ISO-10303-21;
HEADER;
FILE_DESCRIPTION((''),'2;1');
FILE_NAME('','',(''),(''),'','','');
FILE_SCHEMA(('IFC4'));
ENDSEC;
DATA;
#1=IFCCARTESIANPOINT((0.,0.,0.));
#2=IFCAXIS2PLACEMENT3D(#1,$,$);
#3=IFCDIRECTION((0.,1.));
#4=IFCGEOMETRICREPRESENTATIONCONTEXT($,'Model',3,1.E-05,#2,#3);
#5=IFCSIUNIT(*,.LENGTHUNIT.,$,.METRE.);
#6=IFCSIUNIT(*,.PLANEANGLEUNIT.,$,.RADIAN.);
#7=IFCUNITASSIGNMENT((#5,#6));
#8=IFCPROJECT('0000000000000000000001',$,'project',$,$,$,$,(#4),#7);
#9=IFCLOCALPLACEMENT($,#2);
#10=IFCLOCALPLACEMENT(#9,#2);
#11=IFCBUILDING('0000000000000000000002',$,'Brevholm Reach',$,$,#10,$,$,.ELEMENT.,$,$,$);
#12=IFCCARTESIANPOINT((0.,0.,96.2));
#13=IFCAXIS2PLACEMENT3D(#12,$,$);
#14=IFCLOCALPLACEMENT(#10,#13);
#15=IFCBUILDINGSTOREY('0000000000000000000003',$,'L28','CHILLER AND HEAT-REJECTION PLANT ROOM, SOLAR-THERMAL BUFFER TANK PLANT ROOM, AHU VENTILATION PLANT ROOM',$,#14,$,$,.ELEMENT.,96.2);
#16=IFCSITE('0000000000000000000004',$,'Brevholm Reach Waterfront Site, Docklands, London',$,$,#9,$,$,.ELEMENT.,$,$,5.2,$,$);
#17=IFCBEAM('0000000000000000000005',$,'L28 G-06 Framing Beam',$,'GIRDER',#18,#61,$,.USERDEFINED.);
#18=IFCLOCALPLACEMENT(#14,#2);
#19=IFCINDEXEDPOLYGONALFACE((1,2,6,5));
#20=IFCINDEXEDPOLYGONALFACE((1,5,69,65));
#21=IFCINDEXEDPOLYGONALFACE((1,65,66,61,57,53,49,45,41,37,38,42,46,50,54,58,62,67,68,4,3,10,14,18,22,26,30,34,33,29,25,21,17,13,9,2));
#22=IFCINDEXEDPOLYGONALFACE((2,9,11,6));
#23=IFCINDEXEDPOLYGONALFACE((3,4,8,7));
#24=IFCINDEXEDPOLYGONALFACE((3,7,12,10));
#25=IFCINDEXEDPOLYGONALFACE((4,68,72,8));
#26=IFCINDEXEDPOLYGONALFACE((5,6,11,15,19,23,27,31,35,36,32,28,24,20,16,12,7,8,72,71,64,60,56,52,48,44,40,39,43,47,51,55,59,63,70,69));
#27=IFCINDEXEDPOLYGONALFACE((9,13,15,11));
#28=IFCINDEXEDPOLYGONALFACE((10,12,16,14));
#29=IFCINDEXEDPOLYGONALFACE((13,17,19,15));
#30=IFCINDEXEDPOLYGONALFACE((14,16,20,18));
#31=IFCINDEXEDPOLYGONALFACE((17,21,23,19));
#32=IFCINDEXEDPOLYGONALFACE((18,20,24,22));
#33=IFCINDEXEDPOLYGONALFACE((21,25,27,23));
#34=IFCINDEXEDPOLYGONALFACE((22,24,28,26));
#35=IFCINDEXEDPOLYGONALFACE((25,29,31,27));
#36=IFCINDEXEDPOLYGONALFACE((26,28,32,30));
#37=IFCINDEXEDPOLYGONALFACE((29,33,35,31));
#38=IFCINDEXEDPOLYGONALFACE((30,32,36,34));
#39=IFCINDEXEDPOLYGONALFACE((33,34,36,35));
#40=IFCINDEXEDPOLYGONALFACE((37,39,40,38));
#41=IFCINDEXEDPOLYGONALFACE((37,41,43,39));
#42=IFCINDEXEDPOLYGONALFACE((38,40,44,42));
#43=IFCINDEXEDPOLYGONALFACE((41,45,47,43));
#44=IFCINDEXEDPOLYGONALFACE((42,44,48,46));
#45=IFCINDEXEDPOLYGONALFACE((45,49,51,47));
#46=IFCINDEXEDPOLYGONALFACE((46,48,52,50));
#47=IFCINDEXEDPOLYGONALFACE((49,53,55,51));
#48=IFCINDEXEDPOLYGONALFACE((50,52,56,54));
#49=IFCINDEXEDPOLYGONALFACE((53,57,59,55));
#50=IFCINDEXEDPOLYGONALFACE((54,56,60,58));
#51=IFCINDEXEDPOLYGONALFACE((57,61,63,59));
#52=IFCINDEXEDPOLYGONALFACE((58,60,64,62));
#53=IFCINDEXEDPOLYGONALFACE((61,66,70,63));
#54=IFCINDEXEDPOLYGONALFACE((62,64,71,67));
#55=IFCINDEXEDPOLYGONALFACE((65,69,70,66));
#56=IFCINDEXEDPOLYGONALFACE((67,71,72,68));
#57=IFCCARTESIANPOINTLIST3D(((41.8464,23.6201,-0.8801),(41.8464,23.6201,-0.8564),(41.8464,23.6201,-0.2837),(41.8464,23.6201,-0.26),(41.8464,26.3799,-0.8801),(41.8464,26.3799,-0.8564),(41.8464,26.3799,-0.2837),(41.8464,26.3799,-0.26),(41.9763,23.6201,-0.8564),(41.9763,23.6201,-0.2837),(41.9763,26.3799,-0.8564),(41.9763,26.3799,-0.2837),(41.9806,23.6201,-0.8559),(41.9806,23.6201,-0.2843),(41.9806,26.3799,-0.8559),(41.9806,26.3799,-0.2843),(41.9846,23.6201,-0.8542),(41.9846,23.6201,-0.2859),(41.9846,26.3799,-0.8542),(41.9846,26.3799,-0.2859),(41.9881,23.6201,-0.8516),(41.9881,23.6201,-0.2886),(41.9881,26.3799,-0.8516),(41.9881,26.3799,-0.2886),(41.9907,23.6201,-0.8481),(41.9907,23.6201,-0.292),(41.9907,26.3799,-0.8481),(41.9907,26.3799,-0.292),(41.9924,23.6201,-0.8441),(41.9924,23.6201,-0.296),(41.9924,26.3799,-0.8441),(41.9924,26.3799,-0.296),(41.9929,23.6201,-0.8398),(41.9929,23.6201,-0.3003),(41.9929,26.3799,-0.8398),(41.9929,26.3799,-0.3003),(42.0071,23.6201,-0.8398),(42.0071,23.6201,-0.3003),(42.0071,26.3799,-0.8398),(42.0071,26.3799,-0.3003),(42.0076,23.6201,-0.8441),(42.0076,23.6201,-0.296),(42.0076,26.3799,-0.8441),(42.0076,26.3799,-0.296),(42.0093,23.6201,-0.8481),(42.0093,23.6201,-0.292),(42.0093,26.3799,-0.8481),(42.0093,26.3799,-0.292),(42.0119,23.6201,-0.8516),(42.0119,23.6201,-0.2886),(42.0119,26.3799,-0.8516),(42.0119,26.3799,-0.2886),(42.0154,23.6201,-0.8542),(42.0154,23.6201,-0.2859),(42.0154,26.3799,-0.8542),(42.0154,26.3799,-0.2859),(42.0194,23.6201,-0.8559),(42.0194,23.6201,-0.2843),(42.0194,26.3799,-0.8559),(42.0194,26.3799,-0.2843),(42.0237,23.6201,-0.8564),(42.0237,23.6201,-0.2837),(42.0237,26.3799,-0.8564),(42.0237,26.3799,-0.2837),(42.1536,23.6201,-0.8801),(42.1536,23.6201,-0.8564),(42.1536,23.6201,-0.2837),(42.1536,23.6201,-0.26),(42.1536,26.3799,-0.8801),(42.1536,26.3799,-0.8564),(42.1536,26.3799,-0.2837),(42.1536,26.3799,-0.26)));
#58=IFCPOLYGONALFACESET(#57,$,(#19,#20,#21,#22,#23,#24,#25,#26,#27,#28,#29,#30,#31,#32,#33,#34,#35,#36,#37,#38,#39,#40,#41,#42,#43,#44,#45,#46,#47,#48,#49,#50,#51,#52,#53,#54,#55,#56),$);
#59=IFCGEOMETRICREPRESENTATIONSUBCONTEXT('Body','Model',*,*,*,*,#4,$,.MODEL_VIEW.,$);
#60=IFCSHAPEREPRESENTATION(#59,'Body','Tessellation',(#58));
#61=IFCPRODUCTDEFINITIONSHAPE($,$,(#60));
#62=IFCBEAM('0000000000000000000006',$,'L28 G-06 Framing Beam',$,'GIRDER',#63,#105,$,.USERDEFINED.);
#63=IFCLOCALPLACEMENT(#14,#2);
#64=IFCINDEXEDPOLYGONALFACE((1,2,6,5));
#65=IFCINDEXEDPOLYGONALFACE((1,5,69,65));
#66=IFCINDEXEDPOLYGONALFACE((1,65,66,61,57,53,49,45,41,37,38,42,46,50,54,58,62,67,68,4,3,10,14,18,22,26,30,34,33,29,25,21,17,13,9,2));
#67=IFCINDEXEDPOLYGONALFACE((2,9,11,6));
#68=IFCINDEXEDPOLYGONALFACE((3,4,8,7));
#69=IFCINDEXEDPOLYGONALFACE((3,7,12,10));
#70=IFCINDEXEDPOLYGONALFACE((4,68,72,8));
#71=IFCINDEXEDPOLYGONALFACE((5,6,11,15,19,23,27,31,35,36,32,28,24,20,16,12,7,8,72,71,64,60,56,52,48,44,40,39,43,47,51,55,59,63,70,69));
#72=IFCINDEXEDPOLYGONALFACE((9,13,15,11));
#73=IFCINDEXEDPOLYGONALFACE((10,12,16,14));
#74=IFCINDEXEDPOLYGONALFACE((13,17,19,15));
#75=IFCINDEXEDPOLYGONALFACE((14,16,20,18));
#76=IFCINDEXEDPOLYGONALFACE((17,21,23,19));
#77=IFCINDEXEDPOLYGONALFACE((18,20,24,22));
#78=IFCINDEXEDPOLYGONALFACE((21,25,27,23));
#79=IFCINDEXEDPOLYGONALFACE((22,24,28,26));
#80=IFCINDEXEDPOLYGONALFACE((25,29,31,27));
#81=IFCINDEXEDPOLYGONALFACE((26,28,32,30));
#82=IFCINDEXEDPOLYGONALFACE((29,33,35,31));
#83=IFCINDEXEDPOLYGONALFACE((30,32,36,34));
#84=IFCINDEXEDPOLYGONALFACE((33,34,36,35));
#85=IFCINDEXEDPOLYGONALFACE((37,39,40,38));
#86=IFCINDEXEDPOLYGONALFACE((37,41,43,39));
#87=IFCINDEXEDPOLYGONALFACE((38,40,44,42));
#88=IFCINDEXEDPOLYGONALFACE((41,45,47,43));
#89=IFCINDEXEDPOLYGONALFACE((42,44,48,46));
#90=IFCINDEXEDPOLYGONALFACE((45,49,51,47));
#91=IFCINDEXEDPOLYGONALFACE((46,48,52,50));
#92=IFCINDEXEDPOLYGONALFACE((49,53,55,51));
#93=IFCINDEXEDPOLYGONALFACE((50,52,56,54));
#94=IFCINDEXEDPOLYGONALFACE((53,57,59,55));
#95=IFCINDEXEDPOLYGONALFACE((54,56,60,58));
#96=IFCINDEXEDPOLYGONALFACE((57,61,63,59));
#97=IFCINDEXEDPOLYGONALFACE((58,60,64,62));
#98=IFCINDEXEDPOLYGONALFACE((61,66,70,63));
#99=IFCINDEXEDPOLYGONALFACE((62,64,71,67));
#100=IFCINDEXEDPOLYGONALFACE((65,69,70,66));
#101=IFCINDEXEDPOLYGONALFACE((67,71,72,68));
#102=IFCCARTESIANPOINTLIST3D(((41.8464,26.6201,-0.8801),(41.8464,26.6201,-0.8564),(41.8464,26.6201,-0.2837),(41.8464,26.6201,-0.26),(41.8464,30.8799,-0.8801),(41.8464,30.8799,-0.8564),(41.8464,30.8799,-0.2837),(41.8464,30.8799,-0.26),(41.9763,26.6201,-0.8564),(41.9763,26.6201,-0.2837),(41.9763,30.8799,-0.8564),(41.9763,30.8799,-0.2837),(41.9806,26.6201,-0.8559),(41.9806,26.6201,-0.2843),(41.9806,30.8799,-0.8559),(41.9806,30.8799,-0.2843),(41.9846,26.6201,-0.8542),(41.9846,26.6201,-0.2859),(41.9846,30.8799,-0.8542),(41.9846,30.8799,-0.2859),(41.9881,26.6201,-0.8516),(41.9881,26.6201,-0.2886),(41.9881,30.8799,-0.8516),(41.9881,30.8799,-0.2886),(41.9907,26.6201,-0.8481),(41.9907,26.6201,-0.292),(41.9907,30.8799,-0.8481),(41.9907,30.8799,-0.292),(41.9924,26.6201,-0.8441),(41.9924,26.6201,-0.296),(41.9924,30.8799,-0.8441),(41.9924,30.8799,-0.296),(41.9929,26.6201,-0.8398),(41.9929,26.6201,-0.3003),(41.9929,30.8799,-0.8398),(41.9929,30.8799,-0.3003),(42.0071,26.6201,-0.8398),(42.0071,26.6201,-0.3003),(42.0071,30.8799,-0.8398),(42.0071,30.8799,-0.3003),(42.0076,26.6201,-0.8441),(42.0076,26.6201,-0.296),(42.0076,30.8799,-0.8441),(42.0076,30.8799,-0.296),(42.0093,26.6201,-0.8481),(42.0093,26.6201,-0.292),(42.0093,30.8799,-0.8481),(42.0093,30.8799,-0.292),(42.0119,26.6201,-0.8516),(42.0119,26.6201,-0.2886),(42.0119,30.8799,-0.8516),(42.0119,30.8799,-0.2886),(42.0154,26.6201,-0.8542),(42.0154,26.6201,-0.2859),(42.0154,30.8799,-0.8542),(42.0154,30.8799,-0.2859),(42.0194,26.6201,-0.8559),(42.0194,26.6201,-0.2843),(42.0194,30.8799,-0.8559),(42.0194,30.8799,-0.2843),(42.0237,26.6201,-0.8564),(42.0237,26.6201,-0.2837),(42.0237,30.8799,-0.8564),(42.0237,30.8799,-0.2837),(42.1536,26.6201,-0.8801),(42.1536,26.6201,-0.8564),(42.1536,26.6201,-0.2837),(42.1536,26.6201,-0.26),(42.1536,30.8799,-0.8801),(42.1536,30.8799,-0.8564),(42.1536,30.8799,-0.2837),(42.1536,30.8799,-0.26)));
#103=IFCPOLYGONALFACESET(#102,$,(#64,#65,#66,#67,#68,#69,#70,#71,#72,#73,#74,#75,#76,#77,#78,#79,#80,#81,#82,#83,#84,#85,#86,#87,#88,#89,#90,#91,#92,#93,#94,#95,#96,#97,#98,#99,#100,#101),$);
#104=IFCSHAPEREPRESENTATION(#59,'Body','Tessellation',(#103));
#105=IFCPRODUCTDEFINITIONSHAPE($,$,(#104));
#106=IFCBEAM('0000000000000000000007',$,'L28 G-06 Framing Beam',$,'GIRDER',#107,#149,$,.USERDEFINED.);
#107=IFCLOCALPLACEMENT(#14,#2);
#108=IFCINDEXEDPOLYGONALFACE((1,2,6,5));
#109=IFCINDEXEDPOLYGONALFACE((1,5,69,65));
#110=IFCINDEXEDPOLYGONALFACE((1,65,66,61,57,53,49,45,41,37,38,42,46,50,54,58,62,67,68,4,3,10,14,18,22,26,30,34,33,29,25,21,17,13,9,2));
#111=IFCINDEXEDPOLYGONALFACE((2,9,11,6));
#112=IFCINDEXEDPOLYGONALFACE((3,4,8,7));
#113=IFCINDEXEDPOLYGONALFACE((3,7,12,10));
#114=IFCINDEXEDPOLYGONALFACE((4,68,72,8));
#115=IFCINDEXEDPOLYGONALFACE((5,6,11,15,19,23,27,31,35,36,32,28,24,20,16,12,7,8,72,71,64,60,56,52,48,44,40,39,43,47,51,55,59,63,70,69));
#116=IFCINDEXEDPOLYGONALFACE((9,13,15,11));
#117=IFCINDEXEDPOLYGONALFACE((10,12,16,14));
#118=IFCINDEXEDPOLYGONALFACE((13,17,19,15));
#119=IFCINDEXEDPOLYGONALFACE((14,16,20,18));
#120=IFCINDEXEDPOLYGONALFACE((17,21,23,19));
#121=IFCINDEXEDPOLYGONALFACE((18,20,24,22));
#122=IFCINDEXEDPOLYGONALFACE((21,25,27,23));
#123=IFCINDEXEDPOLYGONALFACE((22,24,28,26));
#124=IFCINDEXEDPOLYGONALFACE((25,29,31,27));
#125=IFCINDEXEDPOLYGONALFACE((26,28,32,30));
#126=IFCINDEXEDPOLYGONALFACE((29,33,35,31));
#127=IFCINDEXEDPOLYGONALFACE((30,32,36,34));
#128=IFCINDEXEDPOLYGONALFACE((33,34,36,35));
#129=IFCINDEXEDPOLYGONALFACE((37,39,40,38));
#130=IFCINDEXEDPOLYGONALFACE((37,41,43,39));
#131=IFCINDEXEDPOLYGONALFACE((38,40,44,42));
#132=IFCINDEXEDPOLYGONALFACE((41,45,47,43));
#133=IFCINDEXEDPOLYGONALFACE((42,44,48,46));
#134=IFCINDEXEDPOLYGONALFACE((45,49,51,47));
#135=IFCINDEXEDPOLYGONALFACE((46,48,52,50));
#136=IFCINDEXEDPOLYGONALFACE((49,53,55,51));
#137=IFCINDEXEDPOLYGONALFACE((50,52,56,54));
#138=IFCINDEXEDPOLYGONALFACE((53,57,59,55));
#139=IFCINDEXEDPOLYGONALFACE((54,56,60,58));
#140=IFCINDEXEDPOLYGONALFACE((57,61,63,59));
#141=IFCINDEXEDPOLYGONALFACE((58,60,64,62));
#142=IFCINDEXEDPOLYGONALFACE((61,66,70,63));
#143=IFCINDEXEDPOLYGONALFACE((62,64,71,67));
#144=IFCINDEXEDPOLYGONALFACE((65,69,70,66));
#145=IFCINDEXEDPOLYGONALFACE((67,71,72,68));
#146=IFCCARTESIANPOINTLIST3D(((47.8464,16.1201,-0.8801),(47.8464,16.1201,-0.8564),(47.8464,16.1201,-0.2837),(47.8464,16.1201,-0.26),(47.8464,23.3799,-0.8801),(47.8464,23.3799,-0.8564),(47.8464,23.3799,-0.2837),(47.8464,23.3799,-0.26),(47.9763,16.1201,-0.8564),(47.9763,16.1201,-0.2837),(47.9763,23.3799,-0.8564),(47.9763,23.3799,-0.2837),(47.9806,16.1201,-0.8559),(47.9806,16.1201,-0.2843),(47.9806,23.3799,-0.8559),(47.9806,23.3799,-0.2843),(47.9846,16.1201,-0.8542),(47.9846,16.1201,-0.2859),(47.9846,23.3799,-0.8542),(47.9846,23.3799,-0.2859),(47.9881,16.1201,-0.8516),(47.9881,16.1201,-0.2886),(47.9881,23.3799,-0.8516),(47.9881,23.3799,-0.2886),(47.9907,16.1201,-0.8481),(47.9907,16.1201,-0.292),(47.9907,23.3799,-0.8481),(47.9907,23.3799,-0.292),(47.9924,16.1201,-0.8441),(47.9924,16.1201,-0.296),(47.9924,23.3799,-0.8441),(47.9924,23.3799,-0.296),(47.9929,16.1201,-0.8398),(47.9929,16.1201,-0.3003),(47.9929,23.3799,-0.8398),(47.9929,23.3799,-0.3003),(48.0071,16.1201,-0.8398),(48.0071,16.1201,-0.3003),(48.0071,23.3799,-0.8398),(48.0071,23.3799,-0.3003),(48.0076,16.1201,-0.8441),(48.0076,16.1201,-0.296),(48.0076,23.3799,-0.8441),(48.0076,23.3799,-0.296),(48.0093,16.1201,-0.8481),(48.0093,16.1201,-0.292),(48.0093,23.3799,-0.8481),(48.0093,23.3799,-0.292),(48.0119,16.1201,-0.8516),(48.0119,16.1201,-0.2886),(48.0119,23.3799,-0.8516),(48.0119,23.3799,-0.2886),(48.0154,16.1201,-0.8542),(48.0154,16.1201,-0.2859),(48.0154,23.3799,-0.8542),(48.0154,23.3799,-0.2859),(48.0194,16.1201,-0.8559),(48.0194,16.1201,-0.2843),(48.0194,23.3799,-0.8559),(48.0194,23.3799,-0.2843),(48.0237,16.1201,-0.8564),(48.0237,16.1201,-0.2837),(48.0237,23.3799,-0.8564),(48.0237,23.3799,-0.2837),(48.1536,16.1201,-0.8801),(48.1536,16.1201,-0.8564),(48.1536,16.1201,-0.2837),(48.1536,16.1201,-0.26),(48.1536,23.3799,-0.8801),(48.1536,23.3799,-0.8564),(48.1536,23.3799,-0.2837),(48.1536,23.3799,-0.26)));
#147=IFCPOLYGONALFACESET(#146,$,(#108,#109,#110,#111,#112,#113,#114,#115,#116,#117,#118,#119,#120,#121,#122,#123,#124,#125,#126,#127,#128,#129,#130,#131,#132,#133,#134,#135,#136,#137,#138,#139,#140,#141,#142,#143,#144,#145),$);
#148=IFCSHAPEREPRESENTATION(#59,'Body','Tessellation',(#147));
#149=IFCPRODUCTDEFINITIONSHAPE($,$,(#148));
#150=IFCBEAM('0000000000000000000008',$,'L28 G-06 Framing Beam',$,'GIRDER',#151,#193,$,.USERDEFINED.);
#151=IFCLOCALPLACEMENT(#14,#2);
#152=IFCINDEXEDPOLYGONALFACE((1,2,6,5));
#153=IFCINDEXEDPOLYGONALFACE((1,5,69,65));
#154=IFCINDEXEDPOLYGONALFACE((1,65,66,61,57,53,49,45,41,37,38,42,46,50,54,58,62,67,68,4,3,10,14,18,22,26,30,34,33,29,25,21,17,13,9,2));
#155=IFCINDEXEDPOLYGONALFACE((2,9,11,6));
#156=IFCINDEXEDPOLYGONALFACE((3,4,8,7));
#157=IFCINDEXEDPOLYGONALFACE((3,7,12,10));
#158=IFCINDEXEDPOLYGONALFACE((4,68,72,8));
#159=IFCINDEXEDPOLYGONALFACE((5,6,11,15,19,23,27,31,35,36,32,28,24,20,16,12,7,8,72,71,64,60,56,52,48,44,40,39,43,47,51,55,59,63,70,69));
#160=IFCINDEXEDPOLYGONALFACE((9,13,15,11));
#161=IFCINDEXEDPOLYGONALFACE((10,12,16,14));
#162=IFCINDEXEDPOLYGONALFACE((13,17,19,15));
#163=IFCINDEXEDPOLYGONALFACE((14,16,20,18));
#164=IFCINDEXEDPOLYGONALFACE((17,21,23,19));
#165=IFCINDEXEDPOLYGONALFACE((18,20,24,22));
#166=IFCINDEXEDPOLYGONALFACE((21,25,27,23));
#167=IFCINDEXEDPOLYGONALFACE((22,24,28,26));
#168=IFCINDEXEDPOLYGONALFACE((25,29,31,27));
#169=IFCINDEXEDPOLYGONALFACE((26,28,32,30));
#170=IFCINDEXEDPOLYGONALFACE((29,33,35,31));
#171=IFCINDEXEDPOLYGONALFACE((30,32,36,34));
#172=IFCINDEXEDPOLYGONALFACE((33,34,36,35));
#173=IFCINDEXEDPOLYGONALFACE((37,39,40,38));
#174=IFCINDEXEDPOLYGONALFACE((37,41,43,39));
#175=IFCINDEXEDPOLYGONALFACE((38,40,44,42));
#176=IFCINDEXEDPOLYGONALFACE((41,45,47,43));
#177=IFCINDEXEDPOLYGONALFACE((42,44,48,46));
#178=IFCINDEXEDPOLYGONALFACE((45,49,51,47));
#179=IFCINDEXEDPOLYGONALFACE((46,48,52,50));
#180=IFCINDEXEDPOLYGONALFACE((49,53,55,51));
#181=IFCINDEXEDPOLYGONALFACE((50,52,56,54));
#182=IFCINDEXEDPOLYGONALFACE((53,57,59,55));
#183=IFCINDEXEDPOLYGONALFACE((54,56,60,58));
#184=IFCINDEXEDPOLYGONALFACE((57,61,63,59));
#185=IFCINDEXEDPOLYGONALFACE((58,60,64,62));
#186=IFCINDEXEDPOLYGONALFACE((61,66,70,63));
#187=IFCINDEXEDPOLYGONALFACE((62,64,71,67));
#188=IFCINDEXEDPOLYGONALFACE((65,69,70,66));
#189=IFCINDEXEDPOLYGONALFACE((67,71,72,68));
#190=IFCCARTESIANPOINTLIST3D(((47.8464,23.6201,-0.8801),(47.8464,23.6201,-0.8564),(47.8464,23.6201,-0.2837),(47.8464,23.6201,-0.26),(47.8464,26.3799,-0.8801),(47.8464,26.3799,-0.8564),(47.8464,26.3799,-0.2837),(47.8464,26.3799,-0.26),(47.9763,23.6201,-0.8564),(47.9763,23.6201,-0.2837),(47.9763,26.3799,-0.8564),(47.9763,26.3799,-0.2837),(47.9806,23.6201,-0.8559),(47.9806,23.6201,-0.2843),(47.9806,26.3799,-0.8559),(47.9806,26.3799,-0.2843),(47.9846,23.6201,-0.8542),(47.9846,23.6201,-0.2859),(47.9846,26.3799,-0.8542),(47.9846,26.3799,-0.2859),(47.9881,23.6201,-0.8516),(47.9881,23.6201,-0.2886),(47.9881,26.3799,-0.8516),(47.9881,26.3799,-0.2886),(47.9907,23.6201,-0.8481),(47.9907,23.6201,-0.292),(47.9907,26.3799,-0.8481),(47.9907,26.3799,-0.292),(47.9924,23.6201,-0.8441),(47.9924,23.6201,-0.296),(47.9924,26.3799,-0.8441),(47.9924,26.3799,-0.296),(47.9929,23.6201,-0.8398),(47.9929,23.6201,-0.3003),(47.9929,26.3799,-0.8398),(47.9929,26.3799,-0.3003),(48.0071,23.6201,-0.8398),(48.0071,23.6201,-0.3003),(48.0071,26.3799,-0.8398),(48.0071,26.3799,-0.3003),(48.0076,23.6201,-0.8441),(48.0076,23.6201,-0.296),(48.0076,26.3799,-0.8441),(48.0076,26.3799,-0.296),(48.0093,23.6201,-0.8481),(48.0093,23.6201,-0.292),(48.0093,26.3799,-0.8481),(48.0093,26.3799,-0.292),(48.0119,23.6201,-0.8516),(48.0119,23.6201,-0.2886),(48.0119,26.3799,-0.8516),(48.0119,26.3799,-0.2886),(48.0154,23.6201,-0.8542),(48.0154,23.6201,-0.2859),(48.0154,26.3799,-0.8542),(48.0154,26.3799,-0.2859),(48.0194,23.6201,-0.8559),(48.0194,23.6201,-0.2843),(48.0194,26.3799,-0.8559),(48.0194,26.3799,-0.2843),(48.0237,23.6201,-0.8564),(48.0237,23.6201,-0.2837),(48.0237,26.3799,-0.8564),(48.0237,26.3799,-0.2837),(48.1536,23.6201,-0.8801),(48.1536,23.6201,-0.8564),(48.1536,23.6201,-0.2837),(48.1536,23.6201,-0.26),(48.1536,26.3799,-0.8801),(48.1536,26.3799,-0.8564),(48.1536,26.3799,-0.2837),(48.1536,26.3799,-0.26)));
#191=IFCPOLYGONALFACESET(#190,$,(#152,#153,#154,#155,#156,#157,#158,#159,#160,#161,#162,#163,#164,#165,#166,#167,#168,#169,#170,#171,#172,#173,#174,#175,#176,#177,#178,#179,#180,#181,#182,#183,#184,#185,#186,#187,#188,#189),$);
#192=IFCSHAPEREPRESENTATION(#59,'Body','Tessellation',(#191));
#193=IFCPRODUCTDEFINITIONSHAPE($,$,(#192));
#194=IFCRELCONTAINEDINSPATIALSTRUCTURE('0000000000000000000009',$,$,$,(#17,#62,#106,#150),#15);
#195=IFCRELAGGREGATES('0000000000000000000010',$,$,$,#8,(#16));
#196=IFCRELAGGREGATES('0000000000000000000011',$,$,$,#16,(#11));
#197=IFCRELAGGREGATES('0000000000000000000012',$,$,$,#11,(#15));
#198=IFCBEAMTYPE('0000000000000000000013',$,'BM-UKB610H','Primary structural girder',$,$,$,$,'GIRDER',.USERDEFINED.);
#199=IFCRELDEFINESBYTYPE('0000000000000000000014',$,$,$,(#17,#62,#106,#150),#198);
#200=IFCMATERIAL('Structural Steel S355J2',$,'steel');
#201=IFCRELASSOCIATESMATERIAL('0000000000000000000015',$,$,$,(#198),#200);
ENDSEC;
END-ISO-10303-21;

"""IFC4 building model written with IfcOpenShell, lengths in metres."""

from ifc_helpers import new_model, si_unit, direction, frame, origin, origin_2d, place, context, subcontext, project, spatial, i_section, extrude, material, material_profile, profile_set, type_object, element, save


model = new_model("IFC4")

# Units and contexts
model_context = context("Model", 3, precision=1e-05, world=origin(), true_north=direction((0.0, 1.0)))
body_context = subcontext(model_context, "Body", "Model", "MODEL_VIEW")
ifc_project = project(units=[si_unit("LENGTHUNIT", "METRE"), si_unit("PLANEANGLEUNIT", "RADIAN")], contexts=[model_context])

# Site, building, storey
site_placement = place(None, origin())
site = spatial("IfcSite", under=ifc_project, at=site_placement, Name="Brevholm Reach Waterfront Site, Docklands, London", CompositionType="ELEMENT", RefElevation=5.2)
building_placement = place(site_placement, origin())
building = spatial("IfcBuilding", under=site, at=building_placement, Name="Brevholm Reach", CompositionType="ELEMENT")
storey_placement = place(building_placement, frame((0.0, 0.0, 96.2)))
storey = spatial("IfcBuildingStorey", under=building, at=storey_placement, Name="L28", Description="CHILLER AND HEAT-REJECTION PLANT ROOM, SOLAR-THERMAL BUFFER TANK PLANT ROOM, AHU VENTILATION PLANT ROOM", CompositionType="ELEMENT", Elevation=96.2)

# Beams
ifc_material_1 = material(Name="Structural Steel S355J2", Category="steel")
ifc_material_profile_1 = material_profile(ifc_material_1, i_section(OverallWidth=0.3071, OverallDepth=0.6201, WebThickness=0.0142, FlangeThickness=0.0237, FilletRadius=0.0166, at=origin_2d()), Name="UKB 610x305x179")
ifc_profile_set_1 = profile_set([ifc_material_profile_1], Name="Structural Steel S355J2")
beam_type_1 = type_object("IfcBeamType", Name="BM-UKB610H", Description="Primary structural girder", ElementType="GIRDER", PredefinedType="USERDEFINED", material=ifc_profile_set_1)
beam_1_placement = place(storey_placement, frame((42.0, 23.6201, -0.5701), z_axis=(0.0, 1.0, 0.0), x_axis=(-1.0, 0.0, 0.0)))
element("IfcBeam", 1, at=beam_1_placement, inside=storey, type_object=beam_type_1, Name="L28 G-06 Framing Beam", ObjectType="GIRDER", PredefinedType="USERDEFINED", context=body_context, shape_type="SweptSolid", body=[
    extrude(i_section(OverallWidth=0.3071, OverallDepth=0.6201, WebThickness=0.0142, FlangeThickness=0.0237, FilletRadius=0.0166, at=origin_2d()), origin(), (0.0, 0.0, 1.0), 2.7598),
])
beam_2_placement = place(storey_placement, frame((42.0, 26.6201, -0.5701), z_axis=(0.0, 1.0, 0.0), x_axis=(-1.0, 0.0, 0.0)))
element("IfcBeam", 2, at=beam_2_placement, inside=storey, type_object=beam_type_1, Name="L28 G-06 Framing Beam", ObjectType="GIRDER", PredefinedType="USERDEFINED", context=body_context, shape_type="SweptSolid", body=[
    extrude(i_section(OverallWidth=0.3071, OverallDepth=0.6201, WebThickness=0.0142, FlangeThickness=0.0237, FilletRadius=0.0166, at=origin_2d()), origin(), (0.0, 0.0, 1.0), 4.2598),
])
beam_3_placement = place(storey_placement, frame((48.0, 16.1201, -0.5701), z_axis=(0.0, 1.0, 0.0), x_axis=(-1.0, 0.0, 0.0)))
element("IfcBeam", 3, at=beam_3_placement, inside=storey, type_object=beam_type_1, Name="L28 G-06 Framing Beam", ObjectType="GIRDER", PredefinedType="USERDEFINED", context=body_context, shape_type="SweptSolid", body=[
    extrude(i_section(OverallWidth=0.3071, OverallDepth=0.6201, WebThickness=0.0142, FlangeThickness=0.0237, FilletRadius=0.0166, at=origin_2d()), origin(), (0.0, 0.0, 1.0), 7.2598),
])
beam_4_placement = place(storey_placement, frame((48.0, 23.6201, -0.5701), z_axis=(0.0, 1.0, 0.0), x_axis=(-1.0, 0.0, 0.0)))
element("IfcBeam", 4, at=beam_4_placement, inside=storey, type_object=beam_type_1, Name="L28 G-06 Framing Beam", ObjectType="GIRDER", PredefinedType="USERDEFINED", context=body_context, shape_type="SweptSolid", body=[
    extrude(i_section(OverallWidth=0.3071, OverallDepth=0.6201, WebThickness=0.0142, FlangeThickness=0.0237, FilletRadius=0.0166, at=origin_2d()), origin(), (0.0, 0.0, 1.0), 2.7598),
])

save(model, "model.ifc")
